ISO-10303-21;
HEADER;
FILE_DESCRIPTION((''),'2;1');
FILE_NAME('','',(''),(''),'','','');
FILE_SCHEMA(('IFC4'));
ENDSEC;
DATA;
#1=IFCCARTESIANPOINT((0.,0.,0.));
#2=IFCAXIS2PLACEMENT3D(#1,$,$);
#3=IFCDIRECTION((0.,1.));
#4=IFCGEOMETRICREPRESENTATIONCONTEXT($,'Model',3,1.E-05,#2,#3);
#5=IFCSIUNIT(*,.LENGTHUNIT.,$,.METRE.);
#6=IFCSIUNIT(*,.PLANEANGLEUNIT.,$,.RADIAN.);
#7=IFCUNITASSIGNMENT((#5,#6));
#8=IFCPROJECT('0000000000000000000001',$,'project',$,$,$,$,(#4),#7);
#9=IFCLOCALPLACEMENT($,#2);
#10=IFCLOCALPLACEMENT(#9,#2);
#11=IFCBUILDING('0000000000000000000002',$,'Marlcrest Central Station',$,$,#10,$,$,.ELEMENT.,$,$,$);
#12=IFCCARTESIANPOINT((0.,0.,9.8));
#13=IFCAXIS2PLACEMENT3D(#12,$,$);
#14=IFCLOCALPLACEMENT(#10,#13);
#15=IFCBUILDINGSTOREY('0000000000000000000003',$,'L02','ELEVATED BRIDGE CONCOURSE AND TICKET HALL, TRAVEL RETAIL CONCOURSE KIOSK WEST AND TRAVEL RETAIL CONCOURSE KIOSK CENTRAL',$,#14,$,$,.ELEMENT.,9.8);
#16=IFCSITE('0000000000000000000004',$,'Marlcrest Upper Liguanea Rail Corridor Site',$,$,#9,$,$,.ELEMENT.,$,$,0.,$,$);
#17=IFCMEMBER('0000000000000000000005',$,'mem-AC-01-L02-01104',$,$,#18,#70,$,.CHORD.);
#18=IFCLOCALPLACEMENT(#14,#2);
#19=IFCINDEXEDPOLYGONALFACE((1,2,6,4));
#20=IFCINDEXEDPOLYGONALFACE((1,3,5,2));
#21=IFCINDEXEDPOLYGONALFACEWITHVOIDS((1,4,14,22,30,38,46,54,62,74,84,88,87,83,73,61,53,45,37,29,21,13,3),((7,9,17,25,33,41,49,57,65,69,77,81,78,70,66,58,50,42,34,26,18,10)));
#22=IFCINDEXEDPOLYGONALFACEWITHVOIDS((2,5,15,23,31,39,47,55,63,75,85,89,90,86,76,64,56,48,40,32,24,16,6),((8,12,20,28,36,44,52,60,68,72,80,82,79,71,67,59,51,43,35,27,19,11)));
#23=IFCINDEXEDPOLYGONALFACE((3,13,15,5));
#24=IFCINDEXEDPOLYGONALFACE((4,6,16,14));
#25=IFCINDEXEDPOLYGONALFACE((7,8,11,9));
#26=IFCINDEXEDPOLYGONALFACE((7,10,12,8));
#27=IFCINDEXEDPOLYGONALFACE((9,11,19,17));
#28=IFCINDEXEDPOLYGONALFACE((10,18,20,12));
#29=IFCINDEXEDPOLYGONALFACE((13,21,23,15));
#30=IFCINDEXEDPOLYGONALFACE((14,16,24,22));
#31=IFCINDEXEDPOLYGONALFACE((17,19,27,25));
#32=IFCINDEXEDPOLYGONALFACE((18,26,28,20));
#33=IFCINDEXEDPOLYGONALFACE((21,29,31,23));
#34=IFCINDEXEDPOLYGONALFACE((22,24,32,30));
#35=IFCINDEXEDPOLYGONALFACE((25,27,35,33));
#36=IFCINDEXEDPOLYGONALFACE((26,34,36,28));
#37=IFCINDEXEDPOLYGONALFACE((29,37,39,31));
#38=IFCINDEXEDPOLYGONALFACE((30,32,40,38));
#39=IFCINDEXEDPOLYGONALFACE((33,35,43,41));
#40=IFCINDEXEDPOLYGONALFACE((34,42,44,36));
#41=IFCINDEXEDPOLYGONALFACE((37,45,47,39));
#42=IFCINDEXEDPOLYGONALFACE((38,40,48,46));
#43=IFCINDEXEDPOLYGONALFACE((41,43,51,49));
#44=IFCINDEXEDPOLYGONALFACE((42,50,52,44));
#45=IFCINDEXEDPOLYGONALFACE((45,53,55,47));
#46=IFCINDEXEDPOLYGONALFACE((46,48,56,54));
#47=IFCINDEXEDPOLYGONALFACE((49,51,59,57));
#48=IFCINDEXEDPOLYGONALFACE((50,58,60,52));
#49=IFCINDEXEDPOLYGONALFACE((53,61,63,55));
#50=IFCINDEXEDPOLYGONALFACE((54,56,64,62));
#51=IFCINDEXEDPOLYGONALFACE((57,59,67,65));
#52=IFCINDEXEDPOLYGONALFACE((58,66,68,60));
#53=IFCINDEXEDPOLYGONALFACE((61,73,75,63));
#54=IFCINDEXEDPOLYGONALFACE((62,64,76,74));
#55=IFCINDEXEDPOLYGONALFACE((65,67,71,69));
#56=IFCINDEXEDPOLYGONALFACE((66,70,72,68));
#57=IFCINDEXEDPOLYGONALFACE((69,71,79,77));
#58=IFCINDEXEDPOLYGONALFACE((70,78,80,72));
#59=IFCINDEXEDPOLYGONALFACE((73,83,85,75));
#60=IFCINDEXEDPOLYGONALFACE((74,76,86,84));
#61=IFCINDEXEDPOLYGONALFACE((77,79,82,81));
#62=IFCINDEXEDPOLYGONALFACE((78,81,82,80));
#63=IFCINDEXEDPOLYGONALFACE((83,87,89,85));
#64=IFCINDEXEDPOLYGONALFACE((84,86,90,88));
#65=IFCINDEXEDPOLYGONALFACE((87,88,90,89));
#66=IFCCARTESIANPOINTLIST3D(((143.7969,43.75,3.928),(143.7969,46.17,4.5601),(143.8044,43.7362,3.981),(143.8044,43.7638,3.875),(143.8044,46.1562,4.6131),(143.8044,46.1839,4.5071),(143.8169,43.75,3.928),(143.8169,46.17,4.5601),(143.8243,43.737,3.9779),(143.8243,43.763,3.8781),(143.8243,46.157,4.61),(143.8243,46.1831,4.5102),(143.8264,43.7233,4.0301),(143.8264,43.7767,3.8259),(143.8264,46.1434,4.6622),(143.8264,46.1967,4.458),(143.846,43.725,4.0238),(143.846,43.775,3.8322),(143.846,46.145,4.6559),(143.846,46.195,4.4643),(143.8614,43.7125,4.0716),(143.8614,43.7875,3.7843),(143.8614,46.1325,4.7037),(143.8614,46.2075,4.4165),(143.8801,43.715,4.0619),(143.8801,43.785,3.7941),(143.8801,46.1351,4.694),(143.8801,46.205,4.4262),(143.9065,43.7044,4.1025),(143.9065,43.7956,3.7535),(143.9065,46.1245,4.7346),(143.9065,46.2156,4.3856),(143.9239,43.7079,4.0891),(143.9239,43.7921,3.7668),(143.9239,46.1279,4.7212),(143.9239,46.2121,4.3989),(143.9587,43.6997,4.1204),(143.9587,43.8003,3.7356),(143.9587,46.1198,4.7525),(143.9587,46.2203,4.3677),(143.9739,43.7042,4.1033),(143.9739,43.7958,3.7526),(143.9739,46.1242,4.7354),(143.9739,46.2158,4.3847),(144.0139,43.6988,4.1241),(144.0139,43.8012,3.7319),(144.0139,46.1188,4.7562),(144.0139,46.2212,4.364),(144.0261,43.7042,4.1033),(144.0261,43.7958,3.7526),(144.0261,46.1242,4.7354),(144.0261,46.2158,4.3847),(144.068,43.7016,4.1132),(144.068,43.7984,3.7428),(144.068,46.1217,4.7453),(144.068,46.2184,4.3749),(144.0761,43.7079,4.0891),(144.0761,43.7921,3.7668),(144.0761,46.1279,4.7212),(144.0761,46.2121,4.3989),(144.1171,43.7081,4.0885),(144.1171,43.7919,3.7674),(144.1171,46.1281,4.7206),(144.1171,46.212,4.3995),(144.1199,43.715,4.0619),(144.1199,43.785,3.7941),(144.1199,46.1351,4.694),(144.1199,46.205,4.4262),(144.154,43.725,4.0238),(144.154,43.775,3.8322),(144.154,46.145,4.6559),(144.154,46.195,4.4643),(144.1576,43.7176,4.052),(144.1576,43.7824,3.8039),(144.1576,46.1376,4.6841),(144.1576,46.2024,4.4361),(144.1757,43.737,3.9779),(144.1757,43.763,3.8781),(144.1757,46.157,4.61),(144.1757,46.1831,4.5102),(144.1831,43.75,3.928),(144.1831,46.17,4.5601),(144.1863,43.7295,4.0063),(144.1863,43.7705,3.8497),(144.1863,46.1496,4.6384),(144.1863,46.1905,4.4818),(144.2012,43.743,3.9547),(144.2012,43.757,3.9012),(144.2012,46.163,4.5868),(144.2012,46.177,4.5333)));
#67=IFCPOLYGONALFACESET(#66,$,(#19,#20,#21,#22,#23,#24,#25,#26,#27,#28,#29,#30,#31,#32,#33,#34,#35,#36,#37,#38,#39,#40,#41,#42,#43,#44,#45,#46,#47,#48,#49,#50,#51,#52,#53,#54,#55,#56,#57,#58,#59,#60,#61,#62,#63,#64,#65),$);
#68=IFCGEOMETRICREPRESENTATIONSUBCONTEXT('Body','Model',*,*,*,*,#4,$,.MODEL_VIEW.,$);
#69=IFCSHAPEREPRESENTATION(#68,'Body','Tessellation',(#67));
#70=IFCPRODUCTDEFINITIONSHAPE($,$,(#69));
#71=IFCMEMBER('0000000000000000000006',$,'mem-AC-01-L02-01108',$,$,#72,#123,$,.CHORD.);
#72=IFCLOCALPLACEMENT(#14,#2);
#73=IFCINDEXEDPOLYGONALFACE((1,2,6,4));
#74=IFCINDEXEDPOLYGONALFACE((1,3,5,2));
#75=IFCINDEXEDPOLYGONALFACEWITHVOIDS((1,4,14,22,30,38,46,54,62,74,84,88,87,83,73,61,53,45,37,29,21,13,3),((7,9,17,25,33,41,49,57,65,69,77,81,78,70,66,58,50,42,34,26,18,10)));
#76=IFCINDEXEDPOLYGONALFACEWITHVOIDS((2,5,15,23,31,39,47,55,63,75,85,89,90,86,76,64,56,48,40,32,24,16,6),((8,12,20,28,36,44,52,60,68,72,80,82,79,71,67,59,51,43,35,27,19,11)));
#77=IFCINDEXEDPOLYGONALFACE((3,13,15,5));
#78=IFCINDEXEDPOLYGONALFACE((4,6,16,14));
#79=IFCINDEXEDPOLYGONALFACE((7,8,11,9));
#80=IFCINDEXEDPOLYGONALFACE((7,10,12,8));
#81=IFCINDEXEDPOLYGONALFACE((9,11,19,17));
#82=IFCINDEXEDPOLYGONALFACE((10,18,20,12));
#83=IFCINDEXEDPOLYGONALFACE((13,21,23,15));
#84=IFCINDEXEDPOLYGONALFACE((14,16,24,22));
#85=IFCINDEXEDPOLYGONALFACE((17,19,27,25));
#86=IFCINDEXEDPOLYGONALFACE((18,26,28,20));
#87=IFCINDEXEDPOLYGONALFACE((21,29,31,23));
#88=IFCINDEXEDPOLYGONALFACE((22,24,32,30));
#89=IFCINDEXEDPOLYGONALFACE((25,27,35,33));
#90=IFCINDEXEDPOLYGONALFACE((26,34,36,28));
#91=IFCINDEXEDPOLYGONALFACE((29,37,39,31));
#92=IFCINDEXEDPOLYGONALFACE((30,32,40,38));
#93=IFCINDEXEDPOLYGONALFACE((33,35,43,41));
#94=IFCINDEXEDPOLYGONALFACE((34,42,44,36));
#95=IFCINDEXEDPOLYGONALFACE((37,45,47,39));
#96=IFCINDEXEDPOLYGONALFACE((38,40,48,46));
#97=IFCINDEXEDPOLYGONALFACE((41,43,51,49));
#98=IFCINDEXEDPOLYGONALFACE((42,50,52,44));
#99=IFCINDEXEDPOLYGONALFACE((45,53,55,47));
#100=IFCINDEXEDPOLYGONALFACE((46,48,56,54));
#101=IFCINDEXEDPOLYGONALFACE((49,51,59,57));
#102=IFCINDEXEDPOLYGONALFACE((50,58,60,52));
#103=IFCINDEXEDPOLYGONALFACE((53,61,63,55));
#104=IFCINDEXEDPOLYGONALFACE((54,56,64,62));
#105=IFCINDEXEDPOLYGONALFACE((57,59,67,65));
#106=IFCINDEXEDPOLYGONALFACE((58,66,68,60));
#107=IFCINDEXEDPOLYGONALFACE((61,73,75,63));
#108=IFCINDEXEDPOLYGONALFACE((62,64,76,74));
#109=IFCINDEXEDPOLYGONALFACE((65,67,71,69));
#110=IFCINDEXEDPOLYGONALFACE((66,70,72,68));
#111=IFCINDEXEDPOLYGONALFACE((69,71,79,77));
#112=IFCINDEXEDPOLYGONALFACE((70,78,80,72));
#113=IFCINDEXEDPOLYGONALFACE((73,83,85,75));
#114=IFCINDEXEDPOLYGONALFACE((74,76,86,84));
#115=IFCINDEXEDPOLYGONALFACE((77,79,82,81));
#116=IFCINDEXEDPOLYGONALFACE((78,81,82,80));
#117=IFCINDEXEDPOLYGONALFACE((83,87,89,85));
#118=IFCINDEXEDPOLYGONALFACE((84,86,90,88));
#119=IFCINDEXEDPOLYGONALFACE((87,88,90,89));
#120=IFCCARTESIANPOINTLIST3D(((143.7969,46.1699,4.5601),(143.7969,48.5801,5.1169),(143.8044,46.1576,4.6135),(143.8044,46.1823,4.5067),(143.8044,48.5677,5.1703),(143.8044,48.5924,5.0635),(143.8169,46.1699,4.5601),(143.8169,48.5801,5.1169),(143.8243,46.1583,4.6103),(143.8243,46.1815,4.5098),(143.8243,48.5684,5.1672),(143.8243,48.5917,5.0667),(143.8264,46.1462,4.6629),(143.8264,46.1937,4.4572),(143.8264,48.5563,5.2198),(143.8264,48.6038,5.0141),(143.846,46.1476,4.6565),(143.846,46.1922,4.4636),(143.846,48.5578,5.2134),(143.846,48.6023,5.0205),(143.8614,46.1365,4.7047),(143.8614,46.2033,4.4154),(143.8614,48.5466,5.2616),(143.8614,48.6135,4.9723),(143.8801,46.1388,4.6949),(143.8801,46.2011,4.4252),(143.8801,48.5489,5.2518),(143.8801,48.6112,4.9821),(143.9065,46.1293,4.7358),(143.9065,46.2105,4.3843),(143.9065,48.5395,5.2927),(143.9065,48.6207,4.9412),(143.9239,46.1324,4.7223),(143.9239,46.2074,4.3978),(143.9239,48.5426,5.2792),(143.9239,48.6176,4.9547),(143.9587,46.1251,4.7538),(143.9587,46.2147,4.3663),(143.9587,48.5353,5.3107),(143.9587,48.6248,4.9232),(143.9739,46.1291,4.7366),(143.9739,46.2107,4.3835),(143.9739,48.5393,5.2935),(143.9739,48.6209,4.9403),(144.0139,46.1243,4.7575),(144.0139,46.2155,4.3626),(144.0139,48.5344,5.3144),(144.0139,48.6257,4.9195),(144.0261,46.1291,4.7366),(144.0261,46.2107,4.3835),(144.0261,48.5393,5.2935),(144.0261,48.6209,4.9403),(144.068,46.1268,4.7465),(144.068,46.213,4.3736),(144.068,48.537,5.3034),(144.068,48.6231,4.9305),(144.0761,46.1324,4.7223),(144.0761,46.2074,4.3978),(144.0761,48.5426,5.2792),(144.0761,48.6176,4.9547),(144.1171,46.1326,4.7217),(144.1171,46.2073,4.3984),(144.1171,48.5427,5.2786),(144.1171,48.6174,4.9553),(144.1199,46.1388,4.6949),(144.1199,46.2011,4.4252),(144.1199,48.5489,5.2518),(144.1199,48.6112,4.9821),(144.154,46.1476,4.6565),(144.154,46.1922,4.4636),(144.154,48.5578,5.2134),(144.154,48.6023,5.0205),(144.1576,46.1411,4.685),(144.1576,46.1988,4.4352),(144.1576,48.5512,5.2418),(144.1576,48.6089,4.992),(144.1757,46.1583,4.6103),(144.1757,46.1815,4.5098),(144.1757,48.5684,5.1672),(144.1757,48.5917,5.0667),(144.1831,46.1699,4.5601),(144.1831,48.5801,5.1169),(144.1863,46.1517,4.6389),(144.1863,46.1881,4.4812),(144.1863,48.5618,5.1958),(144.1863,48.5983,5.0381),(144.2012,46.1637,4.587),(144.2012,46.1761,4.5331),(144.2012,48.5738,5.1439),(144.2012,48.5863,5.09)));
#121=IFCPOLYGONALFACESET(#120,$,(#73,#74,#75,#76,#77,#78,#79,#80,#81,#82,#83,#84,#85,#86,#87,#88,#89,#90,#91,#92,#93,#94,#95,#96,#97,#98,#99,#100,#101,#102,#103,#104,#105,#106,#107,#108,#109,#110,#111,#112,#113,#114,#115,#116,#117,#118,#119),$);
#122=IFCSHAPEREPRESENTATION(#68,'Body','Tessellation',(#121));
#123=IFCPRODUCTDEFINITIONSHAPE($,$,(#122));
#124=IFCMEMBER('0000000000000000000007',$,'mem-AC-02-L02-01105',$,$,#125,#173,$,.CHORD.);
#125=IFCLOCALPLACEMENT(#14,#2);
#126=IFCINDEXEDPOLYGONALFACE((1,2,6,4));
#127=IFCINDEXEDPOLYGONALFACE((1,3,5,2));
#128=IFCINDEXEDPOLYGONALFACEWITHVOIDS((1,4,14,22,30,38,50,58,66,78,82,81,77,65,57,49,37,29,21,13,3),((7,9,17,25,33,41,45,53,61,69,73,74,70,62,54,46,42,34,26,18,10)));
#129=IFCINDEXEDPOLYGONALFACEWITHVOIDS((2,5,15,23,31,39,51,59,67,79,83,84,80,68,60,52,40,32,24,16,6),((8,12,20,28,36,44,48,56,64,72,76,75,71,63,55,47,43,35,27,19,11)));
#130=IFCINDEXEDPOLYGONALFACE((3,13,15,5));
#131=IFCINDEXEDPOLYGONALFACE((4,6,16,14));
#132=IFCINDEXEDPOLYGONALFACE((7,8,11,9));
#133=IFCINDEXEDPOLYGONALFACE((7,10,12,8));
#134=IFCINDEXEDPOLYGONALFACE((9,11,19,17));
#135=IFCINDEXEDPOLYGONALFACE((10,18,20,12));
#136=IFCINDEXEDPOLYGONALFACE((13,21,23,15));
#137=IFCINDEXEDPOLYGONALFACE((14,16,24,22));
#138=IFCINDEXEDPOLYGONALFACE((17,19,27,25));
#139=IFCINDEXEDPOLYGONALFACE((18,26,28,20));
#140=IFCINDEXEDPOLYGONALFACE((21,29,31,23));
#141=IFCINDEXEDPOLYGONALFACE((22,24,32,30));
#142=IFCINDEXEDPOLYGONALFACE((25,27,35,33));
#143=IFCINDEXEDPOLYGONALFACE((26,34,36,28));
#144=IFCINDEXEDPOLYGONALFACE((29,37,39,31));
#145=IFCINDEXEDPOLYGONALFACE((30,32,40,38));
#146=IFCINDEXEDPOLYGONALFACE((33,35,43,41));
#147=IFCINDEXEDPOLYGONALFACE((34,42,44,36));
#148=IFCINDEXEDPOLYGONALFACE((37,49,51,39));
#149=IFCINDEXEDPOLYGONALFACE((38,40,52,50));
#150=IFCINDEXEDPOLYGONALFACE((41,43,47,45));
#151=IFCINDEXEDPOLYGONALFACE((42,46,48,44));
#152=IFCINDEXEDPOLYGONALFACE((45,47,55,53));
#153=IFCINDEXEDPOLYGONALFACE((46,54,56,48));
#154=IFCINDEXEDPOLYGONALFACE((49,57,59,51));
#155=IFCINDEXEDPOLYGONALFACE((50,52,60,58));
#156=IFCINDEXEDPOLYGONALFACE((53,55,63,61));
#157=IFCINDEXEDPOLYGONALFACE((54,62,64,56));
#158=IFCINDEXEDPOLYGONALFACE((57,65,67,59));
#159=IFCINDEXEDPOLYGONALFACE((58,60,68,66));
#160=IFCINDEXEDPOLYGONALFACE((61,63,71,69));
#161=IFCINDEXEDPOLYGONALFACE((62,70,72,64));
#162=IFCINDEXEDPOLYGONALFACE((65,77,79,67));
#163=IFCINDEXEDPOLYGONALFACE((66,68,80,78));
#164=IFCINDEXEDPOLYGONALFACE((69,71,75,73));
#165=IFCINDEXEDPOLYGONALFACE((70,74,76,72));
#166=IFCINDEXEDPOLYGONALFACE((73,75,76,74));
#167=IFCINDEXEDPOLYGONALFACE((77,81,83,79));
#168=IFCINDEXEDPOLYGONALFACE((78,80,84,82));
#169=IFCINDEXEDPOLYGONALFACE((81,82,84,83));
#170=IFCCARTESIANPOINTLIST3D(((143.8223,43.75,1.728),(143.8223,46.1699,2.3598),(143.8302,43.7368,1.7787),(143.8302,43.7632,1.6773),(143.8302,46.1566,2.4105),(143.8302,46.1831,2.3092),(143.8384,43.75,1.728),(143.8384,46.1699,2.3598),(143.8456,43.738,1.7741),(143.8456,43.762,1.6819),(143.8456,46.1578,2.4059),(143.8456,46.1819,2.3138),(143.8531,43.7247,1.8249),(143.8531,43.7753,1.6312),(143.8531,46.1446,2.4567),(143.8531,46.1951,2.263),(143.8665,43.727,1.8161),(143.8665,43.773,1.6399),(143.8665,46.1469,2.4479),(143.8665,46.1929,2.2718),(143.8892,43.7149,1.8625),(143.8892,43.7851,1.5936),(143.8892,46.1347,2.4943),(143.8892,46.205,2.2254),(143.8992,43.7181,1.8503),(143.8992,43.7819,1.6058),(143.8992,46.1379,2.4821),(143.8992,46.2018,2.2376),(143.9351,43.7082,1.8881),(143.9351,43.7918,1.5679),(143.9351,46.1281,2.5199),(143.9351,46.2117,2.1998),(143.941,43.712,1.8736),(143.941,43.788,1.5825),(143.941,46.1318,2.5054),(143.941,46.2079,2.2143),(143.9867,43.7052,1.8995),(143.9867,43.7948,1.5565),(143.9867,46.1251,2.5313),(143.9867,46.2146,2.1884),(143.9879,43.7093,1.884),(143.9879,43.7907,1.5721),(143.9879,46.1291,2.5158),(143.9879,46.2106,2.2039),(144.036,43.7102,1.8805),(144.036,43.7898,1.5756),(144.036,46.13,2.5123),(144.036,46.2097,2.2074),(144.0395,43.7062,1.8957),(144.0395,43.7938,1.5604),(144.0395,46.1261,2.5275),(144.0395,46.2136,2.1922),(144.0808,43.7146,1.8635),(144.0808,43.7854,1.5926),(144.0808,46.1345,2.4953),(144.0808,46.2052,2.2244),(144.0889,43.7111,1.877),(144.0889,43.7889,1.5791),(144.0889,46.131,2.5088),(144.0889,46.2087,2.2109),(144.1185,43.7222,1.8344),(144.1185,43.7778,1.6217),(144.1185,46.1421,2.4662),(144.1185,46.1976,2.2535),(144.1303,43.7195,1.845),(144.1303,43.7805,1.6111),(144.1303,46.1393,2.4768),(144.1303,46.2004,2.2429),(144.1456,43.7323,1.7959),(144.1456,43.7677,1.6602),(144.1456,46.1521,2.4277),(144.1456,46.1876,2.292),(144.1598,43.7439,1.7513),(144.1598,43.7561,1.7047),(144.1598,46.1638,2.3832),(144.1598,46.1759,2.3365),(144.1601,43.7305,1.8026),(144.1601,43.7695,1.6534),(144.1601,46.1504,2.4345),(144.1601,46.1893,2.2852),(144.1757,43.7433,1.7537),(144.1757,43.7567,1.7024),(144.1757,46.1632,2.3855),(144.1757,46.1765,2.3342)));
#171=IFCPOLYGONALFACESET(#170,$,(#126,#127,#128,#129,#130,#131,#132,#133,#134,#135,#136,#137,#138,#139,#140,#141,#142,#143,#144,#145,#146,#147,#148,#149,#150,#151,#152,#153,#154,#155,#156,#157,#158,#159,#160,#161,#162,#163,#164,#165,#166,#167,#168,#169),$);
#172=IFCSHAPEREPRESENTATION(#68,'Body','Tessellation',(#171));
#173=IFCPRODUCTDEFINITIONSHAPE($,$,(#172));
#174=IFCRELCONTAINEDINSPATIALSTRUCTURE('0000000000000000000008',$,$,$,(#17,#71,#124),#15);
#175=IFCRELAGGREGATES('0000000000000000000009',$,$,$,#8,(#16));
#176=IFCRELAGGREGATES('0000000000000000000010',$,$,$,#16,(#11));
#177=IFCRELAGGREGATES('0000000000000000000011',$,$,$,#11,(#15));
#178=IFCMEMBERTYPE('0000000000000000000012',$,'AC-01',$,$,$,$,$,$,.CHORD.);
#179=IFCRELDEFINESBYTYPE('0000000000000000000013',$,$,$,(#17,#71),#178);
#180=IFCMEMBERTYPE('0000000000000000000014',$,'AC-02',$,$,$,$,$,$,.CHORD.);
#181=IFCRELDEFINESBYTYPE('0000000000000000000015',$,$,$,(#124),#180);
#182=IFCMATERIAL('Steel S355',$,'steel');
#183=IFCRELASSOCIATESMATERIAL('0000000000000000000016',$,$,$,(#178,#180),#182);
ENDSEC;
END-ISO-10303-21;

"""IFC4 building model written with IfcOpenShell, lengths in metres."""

from ifc_helpers import new_model, si_unit, direction, frame, origin, origin_2d, place, context, subcontext, project, spatial, hollow_circle, extrude, material, material_profile, profile_set, type_object, element, save


model = new_model("IFC4")

# Units and contexts
model_context = context("Model", 3, precision=1e-05, world=origin(), true_north=direction((0.0, 1.0)))
body_context = subcontext(model_context, "Body", "Model", "MODEL_VIEW")
ifc_project = project(units=[si_unit("LENGTHUNIT", "METRE"), si_unit("PLANEANGLEUNIT", "RADIAN")], contexts=[model_context])

# Site, building, storey
site_placement = place(None, origin())
site = spatial("IfcSite", under=ifc_project, at=site_placement, Name="Marlcrest Upper Liguanea Rail Corridor Site", CompositionType="ELEMENT", RefElevation=0.0)
building_placement = place(site_placement, origin())
building = spatial("IfcBuilding", under=site, at=building_placement, Name="Marlcrest Central Station", CompositionType="ELEMENT")
storey_placement = place(building_placement, frame((0.0, 0.0, 9.8)))
storey = spatial("IfcBuildingStorey", under=building, at=storey_placement, Name="L02", Description="ELEVATED BRIDGE CONCOURSE AND TICKET HALL, TRAVEL RETAIL CONCOURSE KIOSK WEST AND TRAVEL RETAIL CONCOURSE KIOSK CENTRAL", CompositionType="ELEMENT", Elevation=9.8)

# Members
ifc_material_1 = material(Name="Steel S355", Category="steel")
ifc_material_profile_1 = material_profile(ifc_material_1, hollow_circle(Radius=0.2031, WallThickness=0.02, at=origin_2d()), Name="CHS 406.4x20")
ifc_profile_set_1 = profile_set([ifc_material_profile_1], Name="Steel S355")
member_type_1 = type_object("IfcMemberType", Name="AC-01", PredefinedType="CHORD", material=ifc_profile_set_1)
member_1_placement = place(storey_placement, frame((144.0, 43.75, 3.928), z_axis=(0.0, 0.967539, 0.25272), x_axis=(-1.0, 0.0, 0.0)))
element("IfcMember", 1, at=member_1_placement, inside=storey, type_object=member_type_1, Name="mem-AC-01-L02-01104", PredefinedType="CHORD", context=body_context, shape_type="SweptSolid", body=[
    extrude(hollow_circle(Radius=0.2031, WallThickness=0.02, at=origin_2d()), origin(), (0.0, 0.0, 1.0), 2.5012),
])
member_2_placement = place(storey_placement, frame((144.0, 46.1699, 4.5601), z_axis=(0.0, 0.97433, 0.225126), x_axis=(-1.0, 0.0, 0.0)))
element("IfcMember", 2, at=member_2_placement, inside=storey, type_object=member_type_1, Name="mem-AC-01-L02-01108", PredefinedType="CHORD", context=body_context, shape_type="SweptSolid", body=[
    extrude(hollow_circle(Radius=0.2031, WallThickness=0.02, at=origin_2d()), origin(), (0.0, 0.0, 1.0), 2.4736),
])
ifc_material_profile_2 = material_profile(ifc_material_1, hollow_circle(Radius=0.1777, WallThickness=0.0161, at=origin_2d()), Name="CHS 355.6x16")
ifc_profile_set_2 = profile_set([ifc_material_profile_2], Name="Steel S355")
member_type_2 = type_object("IfcMemberType", Name="AC-02", PredefinedType="CHORD", material=ifc_profile_set_2)
member_3_placement = place(storey_placement, frame((144.0, 43.75, 1.728), z_axis=(0.0, 0.967563, 0.252629), x_axis=(-1.0, 0.0, 0.0)))
element("IfcMember", 3, at=member_3_placement, inside=storey, type_object=member_type_2, Name="mem-AC-02-L02-01105", PredefinedType="CHORD", context=body_context, shape_type="SweptSolid", body=[
    extrude(hollow_circle(Radius=0.1777, WallThickness=0.0161, at=origin_2d()), origin(), (0.0, 0.0, 1.0), 2.501),
])

save(model, "model.ifc")
